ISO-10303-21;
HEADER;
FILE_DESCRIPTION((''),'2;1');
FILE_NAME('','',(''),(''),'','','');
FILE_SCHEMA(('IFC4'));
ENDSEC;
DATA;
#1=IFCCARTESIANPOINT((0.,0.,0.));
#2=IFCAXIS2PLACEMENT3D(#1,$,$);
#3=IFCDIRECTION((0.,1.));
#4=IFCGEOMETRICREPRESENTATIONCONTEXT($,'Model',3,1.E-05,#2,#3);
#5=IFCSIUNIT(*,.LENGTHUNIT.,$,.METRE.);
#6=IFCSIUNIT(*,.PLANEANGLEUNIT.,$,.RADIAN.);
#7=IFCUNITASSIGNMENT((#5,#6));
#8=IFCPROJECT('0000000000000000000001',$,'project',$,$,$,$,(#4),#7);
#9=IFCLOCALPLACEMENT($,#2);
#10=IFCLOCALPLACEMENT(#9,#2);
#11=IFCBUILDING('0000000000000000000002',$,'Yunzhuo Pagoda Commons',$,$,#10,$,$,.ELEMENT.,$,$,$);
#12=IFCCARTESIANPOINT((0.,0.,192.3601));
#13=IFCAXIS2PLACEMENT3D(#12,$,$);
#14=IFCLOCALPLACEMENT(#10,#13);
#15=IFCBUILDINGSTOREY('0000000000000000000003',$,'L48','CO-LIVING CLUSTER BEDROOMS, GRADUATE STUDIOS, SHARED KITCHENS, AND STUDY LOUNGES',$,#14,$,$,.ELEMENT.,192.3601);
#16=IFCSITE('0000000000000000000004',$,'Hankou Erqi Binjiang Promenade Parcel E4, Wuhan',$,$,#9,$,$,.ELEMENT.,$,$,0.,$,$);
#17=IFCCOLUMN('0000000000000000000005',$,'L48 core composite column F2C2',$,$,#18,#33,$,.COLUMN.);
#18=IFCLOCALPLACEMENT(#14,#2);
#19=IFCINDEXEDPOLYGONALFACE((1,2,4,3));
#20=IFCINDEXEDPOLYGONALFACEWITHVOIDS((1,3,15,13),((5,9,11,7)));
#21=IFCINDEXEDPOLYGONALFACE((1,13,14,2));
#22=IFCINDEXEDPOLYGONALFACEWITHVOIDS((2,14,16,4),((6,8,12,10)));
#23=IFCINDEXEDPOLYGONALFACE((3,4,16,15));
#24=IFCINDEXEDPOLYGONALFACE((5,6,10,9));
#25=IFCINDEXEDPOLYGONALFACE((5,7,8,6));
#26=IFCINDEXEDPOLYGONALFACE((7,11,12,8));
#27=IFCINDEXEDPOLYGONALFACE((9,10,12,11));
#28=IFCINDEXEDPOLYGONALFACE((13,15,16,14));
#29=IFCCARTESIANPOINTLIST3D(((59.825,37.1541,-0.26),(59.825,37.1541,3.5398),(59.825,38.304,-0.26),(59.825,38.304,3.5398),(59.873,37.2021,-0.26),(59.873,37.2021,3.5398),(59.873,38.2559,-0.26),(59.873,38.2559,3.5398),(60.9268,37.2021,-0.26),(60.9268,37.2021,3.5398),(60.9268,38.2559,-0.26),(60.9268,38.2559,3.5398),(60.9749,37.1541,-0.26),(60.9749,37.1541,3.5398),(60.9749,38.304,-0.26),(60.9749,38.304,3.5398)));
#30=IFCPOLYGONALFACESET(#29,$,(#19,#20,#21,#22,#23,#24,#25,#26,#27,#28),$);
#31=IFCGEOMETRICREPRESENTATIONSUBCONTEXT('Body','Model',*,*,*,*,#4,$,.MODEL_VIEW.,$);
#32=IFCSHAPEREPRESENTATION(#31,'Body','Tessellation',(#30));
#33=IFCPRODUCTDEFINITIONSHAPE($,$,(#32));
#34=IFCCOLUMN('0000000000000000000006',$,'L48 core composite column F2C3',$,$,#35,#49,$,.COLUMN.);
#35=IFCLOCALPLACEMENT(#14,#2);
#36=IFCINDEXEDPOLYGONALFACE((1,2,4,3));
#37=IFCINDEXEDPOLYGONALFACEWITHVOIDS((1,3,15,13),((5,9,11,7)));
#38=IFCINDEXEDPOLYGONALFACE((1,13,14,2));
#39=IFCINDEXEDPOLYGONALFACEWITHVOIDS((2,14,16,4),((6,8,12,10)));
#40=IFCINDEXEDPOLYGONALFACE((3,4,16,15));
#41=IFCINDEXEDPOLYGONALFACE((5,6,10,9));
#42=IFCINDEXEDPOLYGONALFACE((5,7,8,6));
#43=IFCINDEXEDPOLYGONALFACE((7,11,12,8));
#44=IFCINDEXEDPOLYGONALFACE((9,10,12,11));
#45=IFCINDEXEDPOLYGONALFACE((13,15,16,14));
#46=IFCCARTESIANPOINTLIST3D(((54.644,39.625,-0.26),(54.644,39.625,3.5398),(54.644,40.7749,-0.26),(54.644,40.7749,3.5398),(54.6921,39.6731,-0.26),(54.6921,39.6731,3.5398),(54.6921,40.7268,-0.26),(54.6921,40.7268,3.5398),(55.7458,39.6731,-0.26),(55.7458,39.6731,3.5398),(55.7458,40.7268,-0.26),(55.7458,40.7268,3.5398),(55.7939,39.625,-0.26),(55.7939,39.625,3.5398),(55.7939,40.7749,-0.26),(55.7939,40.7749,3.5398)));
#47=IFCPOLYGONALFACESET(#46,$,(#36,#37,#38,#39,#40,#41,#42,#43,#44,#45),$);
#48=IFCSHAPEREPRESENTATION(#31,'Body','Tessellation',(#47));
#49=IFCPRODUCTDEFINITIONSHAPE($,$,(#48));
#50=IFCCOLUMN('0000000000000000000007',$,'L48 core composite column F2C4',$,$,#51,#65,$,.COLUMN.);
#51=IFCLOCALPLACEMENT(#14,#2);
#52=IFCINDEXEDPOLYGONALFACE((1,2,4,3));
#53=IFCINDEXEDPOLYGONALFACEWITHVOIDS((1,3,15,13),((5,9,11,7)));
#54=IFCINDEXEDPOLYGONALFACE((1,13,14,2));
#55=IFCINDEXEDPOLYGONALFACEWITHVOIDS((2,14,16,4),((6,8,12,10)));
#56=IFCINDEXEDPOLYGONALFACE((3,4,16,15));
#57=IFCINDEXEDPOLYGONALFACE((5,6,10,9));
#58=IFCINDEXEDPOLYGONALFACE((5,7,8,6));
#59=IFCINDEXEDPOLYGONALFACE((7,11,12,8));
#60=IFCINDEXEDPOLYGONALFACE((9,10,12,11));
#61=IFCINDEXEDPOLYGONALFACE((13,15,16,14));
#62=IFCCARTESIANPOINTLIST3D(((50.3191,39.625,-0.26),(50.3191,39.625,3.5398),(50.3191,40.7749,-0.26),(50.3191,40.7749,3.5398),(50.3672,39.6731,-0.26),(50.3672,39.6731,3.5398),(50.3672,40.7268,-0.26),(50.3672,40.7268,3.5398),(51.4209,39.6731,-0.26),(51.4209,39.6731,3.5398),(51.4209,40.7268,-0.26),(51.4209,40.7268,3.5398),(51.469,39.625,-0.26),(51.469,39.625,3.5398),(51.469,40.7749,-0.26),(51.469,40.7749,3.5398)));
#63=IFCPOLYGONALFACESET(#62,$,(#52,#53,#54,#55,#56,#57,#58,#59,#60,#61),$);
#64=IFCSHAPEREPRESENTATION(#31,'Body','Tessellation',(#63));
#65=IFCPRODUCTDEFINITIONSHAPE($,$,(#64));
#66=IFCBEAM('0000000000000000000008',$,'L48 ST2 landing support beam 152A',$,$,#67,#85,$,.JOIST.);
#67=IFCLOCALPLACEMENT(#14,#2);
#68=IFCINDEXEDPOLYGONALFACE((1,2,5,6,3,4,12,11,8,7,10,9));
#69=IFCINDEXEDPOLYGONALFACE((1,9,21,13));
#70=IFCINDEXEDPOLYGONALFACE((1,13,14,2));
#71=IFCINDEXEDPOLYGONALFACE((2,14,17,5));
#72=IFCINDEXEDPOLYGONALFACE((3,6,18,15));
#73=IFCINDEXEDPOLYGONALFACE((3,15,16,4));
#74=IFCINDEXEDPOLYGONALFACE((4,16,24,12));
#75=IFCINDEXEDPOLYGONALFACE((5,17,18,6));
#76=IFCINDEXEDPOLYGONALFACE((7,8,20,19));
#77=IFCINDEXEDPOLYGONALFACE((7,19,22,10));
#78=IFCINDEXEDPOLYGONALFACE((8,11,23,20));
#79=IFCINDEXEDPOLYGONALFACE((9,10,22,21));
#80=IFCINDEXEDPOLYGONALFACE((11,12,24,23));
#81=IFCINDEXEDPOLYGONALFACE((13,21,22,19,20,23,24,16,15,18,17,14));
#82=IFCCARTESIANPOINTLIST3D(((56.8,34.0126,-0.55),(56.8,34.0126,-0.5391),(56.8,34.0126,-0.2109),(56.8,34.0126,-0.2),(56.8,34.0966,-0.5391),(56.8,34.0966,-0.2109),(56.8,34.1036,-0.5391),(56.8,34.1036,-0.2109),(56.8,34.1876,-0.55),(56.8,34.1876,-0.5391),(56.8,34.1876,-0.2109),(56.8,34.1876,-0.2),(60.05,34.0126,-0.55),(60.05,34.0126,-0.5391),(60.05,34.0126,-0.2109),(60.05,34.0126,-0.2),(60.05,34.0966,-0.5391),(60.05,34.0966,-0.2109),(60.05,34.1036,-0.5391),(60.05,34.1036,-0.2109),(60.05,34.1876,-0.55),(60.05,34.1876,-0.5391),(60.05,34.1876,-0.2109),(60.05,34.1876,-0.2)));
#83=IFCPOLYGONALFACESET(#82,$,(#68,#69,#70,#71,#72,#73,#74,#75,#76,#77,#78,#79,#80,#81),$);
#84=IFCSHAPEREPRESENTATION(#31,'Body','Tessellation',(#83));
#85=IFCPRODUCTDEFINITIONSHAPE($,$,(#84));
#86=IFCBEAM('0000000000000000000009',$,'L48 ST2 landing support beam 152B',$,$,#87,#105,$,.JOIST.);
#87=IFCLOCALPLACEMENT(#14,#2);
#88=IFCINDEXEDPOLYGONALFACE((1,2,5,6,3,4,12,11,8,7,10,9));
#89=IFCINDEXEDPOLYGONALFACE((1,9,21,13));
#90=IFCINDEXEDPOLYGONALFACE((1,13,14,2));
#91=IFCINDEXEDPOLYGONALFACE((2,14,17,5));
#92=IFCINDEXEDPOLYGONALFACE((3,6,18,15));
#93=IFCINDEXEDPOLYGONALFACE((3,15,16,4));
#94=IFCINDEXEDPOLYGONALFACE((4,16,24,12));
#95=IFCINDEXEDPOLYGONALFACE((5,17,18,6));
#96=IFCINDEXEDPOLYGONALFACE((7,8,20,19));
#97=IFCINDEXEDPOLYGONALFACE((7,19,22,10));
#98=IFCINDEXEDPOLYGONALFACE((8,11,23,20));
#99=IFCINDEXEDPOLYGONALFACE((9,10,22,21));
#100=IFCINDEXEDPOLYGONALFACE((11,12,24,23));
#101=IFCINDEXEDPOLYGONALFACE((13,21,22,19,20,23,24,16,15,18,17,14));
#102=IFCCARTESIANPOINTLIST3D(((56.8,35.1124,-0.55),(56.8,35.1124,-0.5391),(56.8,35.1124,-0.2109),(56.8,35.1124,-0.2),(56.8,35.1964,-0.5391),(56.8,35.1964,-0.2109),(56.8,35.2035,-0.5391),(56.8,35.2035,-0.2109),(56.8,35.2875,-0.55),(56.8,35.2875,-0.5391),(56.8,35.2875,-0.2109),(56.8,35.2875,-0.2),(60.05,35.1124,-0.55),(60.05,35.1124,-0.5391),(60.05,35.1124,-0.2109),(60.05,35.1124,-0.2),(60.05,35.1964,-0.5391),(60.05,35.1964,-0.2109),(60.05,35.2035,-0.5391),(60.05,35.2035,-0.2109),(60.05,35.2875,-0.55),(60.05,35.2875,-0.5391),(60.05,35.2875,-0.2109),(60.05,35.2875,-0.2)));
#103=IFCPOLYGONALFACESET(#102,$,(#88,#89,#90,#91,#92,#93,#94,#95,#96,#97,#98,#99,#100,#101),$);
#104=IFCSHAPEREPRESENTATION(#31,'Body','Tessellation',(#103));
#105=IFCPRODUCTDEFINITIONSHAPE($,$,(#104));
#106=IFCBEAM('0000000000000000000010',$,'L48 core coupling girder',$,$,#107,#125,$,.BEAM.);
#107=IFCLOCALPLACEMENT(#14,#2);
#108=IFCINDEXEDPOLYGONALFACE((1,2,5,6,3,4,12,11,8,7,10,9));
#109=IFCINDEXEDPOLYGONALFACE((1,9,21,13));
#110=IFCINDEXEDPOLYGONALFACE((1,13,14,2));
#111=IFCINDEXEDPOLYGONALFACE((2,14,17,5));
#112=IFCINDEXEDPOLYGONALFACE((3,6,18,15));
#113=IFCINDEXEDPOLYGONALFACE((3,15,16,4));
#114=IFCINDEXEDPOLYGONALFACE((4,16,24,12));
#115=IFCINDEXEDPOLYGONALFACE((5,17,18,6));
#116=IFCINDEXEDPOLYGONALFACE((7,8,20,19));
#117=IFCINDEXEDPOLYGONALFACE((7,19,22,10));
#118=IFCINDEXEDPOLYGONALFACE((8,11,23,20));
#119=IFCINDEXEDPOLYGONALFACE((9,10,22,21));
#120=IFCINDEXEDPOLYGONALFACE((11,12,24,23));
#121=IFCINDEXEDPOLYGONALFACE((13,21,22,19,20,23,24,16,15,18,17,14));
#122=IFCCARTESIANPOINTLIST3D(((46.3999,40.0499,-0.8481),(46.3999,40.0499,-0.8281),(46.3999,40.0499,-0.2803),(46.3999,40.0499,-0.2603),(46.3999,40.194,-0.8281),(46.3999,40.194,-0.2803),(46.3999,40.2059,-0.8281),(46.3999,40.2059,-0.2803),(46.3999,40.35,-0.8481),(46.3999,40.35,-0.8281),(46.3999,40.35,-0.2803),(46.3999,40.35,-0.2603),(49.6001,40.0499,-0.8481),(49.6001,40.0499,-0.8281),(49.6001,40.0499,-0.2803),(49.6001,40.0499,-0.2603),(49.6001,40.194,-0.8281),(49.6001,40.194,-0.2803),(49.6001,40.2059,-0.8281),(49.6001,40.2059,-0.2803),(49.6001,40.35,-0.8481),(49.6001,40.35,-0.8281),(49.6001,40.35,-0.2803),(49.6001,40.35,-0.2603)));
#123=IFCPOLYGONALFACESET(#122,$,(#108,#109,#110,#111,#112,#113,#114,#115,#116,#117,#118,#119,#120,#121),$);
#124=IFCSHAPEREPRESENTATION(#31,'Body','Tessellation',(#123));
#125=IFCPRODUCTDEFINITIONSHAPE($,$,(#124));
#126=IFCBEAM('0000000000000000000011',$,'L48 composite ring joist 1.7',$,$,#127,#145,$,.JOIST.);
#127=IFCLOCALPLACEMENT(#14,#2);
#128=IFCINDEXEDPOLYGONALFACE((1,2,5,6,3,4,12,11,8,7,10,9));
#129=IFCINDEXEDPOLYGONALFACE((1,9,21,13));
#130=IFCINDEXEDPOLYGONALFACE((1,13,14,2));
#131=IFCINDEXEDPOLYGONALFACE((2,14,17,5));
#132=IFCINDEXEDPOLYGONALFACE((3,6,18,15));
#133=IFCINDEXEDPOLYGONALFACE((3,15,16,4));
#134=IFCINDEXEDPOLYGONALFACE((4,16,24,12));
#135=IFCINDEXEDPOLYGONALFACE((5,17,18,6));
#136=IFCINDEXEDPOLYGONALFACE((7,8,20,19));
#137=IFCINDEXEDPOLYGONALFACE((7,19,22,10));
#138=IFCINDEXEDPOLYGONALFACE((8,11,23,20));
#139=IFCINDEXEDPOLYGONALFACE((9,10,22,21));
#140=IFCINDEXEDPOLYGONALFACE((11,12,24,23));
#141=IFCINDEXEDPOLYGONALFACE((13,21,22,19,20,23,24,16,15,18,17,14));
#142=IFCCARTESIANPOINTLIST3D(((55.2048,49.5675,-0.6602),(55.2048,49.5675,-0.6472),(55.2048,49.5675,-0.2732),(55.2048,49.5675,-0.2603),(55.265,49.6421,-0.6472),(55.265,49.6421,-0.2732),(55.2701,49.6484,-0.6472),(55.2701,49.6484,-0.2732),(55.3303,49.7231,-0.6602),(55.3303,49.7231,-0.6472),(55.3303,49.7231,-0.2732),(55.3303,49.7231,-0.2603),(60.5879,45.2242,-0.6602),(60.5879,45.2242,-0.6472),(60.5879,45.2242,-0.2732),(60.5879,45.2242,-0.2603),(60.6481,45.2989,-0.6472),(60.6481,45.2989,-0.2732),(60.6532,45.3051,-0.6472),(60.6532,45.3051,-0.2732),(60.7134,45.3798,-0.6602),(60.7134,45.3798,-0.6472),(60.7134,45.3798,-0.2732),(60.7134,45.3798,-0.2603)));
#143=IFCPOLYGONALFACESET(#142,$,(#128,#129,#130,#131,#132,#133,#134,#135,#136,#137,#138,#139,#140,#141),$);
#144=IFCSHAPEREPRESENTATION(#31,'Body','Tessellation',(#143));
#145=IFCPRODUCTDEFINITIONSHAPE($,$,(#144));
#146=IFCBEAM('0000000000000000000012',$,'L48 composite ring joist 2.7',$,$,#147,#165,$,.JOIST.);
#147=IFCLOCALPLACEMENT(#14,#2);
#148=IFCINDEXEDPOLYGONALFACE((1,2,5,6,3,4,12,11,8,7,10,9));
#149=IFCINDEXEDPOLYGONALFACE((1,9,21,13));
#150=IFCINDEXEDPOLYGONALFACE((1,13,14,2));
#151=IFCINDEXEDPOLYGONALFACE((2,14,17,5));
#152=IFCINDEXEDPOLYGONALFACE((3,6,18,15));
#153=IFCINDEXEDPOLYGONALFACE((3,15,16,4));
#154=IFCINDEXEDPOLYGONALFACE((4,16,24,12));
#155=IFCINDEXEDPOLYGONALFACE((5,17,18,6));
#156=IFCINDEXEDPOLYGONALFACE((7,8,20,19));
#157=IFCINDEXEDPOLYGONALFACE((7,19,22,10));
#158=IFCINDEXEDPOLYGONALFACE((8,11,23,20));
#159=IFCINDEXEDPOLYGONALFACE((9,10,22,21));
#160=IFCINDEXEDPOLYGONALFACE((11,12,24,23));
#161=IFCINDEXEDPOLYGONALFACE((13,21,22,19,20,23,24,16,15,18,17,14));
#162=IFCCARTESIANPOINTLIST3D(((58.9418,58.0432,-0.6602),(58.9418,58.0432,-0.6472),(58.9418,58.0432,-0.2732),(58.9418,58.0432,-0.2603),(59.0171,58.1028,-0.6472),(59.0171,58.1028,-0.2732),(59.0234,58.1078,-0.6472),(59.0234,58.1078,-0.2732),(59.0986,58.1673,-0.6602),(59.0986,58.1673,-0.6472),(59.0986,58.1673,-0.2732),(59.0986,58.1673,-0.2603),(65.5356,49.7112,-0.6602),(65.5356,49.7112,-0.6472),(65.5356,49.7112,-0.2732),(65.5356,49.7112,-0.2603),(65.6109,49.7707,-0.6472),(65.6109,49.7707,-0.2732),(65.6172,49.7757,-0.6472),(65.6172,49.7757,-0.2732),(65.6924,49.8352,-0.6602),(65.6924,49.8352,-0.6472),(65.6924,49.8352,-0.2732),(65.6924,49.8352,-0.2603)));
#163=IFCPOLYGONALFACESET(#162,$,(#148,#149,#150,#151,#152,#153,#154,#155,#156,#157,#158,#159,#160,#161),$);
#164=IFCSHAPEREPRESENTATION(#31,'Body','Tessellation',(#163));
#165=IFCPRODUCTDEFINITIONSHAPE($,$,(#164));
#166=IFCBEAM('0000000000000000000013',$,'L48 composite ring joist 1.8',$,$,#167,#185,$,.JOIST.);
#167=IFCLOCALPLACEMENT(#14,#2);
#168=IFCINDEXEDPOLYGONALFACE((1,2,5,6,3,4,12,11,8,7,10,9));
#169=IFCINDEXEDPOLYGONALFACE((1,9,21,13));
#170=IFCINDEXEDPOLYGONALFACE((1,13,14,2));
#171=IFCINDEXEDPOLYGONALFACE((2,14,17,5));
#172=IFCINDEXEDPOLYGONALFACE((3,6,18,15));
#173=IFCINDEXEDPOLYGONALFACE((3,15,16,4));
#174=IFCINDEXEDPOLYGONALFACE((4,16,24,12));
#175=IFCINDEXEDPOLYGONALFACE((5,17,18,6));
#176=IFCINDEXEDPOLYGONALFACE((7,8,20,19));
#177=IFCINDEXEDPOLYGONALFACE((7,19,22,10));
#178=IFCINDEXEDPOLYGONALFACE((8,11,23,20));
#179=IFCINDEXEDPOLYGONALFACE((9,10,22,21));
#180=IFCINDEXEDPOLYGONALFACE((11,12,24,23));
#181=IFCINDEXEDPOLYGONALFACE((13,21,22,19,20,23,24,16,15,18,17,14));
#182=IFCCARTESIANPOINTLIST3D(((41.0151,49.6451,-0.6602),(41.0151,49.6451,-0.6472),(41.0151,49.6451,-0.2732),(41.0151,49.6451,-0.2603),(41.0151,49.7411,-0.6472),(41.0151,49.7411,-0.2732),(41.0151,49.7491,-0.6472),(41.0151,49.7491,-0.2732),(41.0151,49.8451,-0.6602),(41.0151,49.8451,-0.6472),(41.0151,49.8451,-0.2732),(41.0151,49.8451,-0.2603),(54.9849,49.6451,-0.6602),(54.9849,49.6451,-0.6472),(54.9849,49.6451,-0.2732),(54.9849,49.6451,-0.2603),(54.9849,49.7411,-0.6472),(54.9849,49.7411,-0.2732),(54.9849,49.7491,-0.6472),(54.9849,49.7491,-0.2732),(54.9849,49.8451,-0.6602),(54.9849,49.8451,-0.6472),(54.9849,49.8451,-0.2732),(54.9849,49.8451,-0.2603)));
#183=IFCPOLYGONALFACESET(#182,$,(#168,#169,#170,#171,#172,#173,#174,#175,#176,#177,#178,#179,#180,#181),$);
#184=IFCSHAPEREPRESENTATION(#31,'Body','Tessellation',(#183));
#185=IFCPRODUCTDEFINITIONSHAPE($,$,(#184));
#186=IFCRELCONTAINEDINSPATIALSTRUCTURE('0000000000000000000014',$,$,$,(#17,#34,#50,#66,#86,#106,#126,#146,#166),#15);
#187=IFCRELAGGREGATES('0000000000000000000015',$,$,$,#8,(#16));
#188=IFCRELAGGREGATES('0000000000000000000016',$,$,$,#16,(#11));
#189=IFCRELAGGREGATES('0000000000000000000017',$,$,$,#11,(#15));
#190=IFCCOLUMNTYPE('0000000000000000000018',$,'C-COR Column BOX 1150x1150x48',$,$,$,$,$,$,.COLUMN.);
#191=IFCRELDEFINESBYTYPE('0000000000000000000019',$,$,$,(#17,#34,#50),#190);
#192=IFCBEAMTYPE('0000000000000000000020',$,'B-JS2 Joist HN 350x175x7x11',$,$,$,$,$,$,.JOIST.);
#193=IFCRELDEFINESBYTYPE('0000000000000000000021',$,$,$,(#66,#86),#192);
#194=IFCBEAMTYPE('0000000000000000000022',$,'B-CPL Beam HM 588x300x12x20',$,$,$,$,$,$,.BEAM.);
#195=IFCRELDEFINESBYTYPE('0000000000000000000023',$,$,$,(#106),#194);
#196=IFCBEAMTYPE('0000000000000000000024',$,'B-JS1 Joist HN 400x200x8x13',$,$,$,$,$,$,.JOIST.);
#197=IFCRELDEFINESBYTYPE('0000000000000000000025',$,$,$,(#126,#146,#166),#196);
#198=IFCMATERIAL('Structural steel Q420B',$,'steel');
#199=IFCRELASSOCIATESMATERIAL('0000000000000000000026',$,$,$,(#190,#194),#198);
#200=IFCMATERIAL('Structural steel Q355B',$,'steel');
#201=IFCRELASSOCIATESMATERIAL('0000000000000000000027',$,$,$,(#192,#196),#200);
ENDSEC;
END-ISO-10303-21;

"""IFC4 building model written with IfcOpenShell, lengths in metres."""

from ifc_helpers import new_model, si_unit, direction, frame, origin, origin_2d, place, context, subcontext, project, spatial, hollow_rectangle, i_section, extrude, source, transform, mapped, material, material_profile, profile_set, type_object, element, save


model = new_model("IFC4")

# Units and contexts
model_context = context("Model", 3, precision=1e-05, world=origin(), true_north=direction((0.0, 1.0)))
body_context = subcontext(model_context, "Body", "Model", "MODEL_VIEW")
ifc_project = project(units=[si_unit("LENGTHUNIT", "METRE"), si_unit("PLANEANGLEUNIT", "RADIAN")], contexts=[model_context])

# Site, building, storey
site_placement = place(None, origin())
site = spatial("IfcSite", under=ifc_project, at=site_placement, Name="Hankou Erqi Binjiang Promenade Parcel E4, Wuhan", CompositionType="ELEMENT", RefElevation=0.0)
building_placement = place(site_placement, origin())
building = spatial("IfcBuilding", under=site, at=building_placement, Name="Yunzhuo Pagoda Commons", CompositionType="ELEMENT")
storey_placement = place(building_placement, frame((0.0, 0.0, 192.3601)))
storey = spatial("IfcBuildingStorey", under=building, at=storey_placement, Name="L48", Description="CO-LIVING CLUSTER BEDROOMS, GRADUATE STUDIOS, SHARED KITCHENS, AND STUDY LOUNGES", CompositionType="ELEMENT", Elevation=192.3601)

# Columns
ifc_material_1 = material(Name="Structural steel Q420B", Category="steel")
ifc_material_profile_1 = material_profile(ifc_material_1, hollow_rectangle(XDim=1.1499, YDim=1.1499, WallThickness=0.0481, at=origin_2d()), Name="Structural steel Q420B")
ifc_profile_set_1 = profile_set([ifc_material_profile_1], Name="Structural steel Q420B")
column_type = type_object("IfcColumnType", Name="C-COR Column BOX 1150x1150x48", PredefinedType="COLUMN", material=ifc_profile_set_1)
shared_shape_1 = source(origin(), body_context, "Body", "SweptSolid", [
    extrude(hollow_rectangle(XDim=1.1499, YDim=1.1499, WallThickness=0.0481, at=origin_2d()), origin(), (0.0, 0.0, 1.0), 3.7998),
])
for number, where, z_axis, x_axis, name in (
    (1, (60.3999, 37.729, -0.26), (0.0, 0.0, 1.0), (1.0, 0.0, 0.0), "L48 core composite column F2C2"),
    (2, (55.219, 40.2, -0.26), (0.0, 0.0, 1.0), (1.0, 0.0, 0.0), "L48 core composite column F2C3"),
    (3, (50.894, 40.2, -0.26), (0.0, 0.0, 1.0), (1.0, 0.0, 0.0), "L48 core composite column F2C4"),
):
    element("IfcColumn", number, at=place(storey_placement, frame(where, z_axis=z_axis, x_axis=x_axis)), inside=storey, type_object=column_type, Name=name, PredefinedType="COLUMN", context=body_context, shape_type="MappedRepresentation", body=[
        mapped(shared_shape_1, transform((0.0, 0.0, 0.0), scale=1.0)),
    ])

# Beams
ifc_material_2 = material(Name="Structural steel Q355B", Category="steel")
ifc_material_profile_2 = material_profile(ifc_material_2, i_section(OverallWidth=0.175, OverallDepth=0.3501, WebThickness=0.0071, FlangeThickness=0.011, at=origin_2d()), Name="Structural steel Q355B")
ifc_profile_set_2 = profile_set([ifc_material_profile_2], Name="Structural steel Q355B")
beam_type_1 = type_object("IfcBeamType", Name="B-JS2 Joist HN 350x175x7x11", PredefinedType="JOIST", material=ifc_profile_set_2)
shared_shape_2 = source(origin(), body_context, "Body", "SweptSolid", [
    extrude(i_section(OverallWidth=0.175, OverallDepth=0.3501, WebThickness=0.0071, FlangeThickness=0.011, at=origin_2d()), origin(), (0.0, 0.0, 1.0), 3.25),
])
for number, where, z_axis, x_axis, name in (
    (4, (56.8, 34.1001, -0.375), (1.0, 0.0, 0.0), (0.0, 1.0, 0.0), "L48 ST2 landing support beam 152A"),
    (5, (56.8, 35.2, -0.375), (1.0, 0.0, 0.0), (0.0, 1.0, 0.0), "L48 ST2 landing support beam 152B"),
):
    element("IfcBeam", number, at=place(storey_placement, frame(where, z_axis=z_axis, x_axis=x_axis)), inside=storey, type_object=beam_type_1, Name=name, PredefinedType="JOIST", context=body_context, shape_type="MappedRepresentation", body=[
        mapped(shared_shape_2, transform((0.0, 0.0, 0.0), scale=1.0)),
    ])
ifc_material_profile_3 = material_profile(ifc_material_1, i_section(OverallWidth=0.3, OverallDepth=0.5879, WebThickness=0.012, FlangeThickness=0.02, at=origin_2d()), Name="Structural steel Q420B")
ifc_profile_set_3 = profile_set([ifc_material_profile_3], Name="Structural steel Q420B")
beam_type_2 = type_object("IfcBeamType", Name="B-CPL Beam HM 588x300x12x20", PredefinedType="BEAM", material=ifc_profile_set_3)
shared_shape_3 = source(origin(), body_context, "Body", "SweptSolid", [
    extrude(i_section(OverallWidth=0.3, OverallDepth=0.5879, WebThickness=0.012, FlangeThickness=0.02, at=origin_2d()), origin(), (0.0, 0.0, 1.0), 3.2002),
])
beam_1_placement = place(storey_placement, frame((46.3999, 40.2, -0.5542), z_axis=(1.0, 0.0, 0.0), x_axis=(0.0, 1.0, 0.0)))
element("IfcBeam", 6, at=beam_1_placement, inside=storey, type_object=beam_type_2, Name="L48 core coupling girder", PredefinedType="BEAM", context=body_context, shape_type="MappedRepresentation", body=[
    mapped(shared_shape_3, transform((0.0, 0.0, 0.0), scale=1.0)),
])
ifc_material_profile_4 = material_profile(ifc_material_2, i_section(OverallWidth=0.2, OverallDepth=0.3999, WebThickness=0.0081, FlangeThickness=0.0129, at=origin_2d()), Name="Structural steel Q355B")
ifc_profile_set_4 = profile_set([ifc_material_profile_4], Name="Structural steel Q355B")
beam_type_3 = type_object("IfcBeamType", Name="B-JS1 Joist HN 400x200x8x13", PredefinedType="JOIST", material=ifc_profile_set_4)
shared_shape_4 = source(origin(), body_context, "Body", "SweptSolid", [
    extrude(i_section(OverallWidth=0.2, OverallDepth=0.3999, WebThickness=0.0081, FlangeThickness=0.0129, at=origin_2d()), origin(), (0.0, 0.0, 1.0), 6.9167),
])
beam_2_placement = place(storey_placement, frame((60.6506, 45.302, -0.4602), z_axis=(-0.778266, 0.627935, 0.0), x_axis=(-0.627935, -0.778266, 0.0)))
element("IfcBeam", 7, at=beam_2_placement, inside=storey, type_object=beam_type_3, Name="L48 composite ring joist 1.7", PredefinedType="JOIST", context=body_context, shape_type="MappedRepresentation", body=[
    mapped(shared_shape_4, transform((0.0, 0.0, 0.0), scale=1.0)),
])
shared_shape_5 = source(origin(), body_context, "Body", "SweptSolid", [
    extrude(i_section(OverallWidth=0.2, OverallDepth=0.3999, WebThickness=0.0081, FlangeThickness=0.0129, at=origin_2d()), origin(), (0.0, 0.0, 1.0), 10.6255),
])
beam_3_placement = place(storey_placement, frame((65.614, 49.7732, -0.4602), z_axis=(-0.620562, 0.784158, 0.0), x_axis=(-0.784158, -0.620562, 0.0)))
element("IfcBeam", 8, at=beam_3_placement, inside=storey, type_object=beam_type_3, Name="L48 composite ring joist 2.7", PredefinedType="JOIST", context=body_context, shape_type="MappedRepresentation", body=[
    mapped(shared_shape_5, transform((0.0, 0.0, 0.0), scale=1.0)),
])
shared_shape_6 = source(origin(), body_context, "Body", "SweptSolid", [
    extrude(i_section(OverallWidth=0.2, OverallDepth=0.3999, WebThickness=0.0081, FlangeThickness=0.0129, at=origin_2d()), origin(), (0.0, 0.0, 1.0), 13.9697),
])
beam_4_placement = place(storey_placement, frame((54.9849, 49.7451, -0.4602), z_axis=(-1.0, 0.0, 0.0), x_axis=(0.0, -1.0, 0.0)))
element("IfcBeam", 9, at=beam_4_placement, inside=storey, type_object=beam_type_3, Name="L48 composite ring joist 1.8", PredefinedType="JOIST", context=body_context, shape_type="MappedRepresentation", body=[
    mapped(shared_shape_6, transform((0.0, 0.0, 0.0), scale=1.0)),
])

save(model, "model.ifc")
